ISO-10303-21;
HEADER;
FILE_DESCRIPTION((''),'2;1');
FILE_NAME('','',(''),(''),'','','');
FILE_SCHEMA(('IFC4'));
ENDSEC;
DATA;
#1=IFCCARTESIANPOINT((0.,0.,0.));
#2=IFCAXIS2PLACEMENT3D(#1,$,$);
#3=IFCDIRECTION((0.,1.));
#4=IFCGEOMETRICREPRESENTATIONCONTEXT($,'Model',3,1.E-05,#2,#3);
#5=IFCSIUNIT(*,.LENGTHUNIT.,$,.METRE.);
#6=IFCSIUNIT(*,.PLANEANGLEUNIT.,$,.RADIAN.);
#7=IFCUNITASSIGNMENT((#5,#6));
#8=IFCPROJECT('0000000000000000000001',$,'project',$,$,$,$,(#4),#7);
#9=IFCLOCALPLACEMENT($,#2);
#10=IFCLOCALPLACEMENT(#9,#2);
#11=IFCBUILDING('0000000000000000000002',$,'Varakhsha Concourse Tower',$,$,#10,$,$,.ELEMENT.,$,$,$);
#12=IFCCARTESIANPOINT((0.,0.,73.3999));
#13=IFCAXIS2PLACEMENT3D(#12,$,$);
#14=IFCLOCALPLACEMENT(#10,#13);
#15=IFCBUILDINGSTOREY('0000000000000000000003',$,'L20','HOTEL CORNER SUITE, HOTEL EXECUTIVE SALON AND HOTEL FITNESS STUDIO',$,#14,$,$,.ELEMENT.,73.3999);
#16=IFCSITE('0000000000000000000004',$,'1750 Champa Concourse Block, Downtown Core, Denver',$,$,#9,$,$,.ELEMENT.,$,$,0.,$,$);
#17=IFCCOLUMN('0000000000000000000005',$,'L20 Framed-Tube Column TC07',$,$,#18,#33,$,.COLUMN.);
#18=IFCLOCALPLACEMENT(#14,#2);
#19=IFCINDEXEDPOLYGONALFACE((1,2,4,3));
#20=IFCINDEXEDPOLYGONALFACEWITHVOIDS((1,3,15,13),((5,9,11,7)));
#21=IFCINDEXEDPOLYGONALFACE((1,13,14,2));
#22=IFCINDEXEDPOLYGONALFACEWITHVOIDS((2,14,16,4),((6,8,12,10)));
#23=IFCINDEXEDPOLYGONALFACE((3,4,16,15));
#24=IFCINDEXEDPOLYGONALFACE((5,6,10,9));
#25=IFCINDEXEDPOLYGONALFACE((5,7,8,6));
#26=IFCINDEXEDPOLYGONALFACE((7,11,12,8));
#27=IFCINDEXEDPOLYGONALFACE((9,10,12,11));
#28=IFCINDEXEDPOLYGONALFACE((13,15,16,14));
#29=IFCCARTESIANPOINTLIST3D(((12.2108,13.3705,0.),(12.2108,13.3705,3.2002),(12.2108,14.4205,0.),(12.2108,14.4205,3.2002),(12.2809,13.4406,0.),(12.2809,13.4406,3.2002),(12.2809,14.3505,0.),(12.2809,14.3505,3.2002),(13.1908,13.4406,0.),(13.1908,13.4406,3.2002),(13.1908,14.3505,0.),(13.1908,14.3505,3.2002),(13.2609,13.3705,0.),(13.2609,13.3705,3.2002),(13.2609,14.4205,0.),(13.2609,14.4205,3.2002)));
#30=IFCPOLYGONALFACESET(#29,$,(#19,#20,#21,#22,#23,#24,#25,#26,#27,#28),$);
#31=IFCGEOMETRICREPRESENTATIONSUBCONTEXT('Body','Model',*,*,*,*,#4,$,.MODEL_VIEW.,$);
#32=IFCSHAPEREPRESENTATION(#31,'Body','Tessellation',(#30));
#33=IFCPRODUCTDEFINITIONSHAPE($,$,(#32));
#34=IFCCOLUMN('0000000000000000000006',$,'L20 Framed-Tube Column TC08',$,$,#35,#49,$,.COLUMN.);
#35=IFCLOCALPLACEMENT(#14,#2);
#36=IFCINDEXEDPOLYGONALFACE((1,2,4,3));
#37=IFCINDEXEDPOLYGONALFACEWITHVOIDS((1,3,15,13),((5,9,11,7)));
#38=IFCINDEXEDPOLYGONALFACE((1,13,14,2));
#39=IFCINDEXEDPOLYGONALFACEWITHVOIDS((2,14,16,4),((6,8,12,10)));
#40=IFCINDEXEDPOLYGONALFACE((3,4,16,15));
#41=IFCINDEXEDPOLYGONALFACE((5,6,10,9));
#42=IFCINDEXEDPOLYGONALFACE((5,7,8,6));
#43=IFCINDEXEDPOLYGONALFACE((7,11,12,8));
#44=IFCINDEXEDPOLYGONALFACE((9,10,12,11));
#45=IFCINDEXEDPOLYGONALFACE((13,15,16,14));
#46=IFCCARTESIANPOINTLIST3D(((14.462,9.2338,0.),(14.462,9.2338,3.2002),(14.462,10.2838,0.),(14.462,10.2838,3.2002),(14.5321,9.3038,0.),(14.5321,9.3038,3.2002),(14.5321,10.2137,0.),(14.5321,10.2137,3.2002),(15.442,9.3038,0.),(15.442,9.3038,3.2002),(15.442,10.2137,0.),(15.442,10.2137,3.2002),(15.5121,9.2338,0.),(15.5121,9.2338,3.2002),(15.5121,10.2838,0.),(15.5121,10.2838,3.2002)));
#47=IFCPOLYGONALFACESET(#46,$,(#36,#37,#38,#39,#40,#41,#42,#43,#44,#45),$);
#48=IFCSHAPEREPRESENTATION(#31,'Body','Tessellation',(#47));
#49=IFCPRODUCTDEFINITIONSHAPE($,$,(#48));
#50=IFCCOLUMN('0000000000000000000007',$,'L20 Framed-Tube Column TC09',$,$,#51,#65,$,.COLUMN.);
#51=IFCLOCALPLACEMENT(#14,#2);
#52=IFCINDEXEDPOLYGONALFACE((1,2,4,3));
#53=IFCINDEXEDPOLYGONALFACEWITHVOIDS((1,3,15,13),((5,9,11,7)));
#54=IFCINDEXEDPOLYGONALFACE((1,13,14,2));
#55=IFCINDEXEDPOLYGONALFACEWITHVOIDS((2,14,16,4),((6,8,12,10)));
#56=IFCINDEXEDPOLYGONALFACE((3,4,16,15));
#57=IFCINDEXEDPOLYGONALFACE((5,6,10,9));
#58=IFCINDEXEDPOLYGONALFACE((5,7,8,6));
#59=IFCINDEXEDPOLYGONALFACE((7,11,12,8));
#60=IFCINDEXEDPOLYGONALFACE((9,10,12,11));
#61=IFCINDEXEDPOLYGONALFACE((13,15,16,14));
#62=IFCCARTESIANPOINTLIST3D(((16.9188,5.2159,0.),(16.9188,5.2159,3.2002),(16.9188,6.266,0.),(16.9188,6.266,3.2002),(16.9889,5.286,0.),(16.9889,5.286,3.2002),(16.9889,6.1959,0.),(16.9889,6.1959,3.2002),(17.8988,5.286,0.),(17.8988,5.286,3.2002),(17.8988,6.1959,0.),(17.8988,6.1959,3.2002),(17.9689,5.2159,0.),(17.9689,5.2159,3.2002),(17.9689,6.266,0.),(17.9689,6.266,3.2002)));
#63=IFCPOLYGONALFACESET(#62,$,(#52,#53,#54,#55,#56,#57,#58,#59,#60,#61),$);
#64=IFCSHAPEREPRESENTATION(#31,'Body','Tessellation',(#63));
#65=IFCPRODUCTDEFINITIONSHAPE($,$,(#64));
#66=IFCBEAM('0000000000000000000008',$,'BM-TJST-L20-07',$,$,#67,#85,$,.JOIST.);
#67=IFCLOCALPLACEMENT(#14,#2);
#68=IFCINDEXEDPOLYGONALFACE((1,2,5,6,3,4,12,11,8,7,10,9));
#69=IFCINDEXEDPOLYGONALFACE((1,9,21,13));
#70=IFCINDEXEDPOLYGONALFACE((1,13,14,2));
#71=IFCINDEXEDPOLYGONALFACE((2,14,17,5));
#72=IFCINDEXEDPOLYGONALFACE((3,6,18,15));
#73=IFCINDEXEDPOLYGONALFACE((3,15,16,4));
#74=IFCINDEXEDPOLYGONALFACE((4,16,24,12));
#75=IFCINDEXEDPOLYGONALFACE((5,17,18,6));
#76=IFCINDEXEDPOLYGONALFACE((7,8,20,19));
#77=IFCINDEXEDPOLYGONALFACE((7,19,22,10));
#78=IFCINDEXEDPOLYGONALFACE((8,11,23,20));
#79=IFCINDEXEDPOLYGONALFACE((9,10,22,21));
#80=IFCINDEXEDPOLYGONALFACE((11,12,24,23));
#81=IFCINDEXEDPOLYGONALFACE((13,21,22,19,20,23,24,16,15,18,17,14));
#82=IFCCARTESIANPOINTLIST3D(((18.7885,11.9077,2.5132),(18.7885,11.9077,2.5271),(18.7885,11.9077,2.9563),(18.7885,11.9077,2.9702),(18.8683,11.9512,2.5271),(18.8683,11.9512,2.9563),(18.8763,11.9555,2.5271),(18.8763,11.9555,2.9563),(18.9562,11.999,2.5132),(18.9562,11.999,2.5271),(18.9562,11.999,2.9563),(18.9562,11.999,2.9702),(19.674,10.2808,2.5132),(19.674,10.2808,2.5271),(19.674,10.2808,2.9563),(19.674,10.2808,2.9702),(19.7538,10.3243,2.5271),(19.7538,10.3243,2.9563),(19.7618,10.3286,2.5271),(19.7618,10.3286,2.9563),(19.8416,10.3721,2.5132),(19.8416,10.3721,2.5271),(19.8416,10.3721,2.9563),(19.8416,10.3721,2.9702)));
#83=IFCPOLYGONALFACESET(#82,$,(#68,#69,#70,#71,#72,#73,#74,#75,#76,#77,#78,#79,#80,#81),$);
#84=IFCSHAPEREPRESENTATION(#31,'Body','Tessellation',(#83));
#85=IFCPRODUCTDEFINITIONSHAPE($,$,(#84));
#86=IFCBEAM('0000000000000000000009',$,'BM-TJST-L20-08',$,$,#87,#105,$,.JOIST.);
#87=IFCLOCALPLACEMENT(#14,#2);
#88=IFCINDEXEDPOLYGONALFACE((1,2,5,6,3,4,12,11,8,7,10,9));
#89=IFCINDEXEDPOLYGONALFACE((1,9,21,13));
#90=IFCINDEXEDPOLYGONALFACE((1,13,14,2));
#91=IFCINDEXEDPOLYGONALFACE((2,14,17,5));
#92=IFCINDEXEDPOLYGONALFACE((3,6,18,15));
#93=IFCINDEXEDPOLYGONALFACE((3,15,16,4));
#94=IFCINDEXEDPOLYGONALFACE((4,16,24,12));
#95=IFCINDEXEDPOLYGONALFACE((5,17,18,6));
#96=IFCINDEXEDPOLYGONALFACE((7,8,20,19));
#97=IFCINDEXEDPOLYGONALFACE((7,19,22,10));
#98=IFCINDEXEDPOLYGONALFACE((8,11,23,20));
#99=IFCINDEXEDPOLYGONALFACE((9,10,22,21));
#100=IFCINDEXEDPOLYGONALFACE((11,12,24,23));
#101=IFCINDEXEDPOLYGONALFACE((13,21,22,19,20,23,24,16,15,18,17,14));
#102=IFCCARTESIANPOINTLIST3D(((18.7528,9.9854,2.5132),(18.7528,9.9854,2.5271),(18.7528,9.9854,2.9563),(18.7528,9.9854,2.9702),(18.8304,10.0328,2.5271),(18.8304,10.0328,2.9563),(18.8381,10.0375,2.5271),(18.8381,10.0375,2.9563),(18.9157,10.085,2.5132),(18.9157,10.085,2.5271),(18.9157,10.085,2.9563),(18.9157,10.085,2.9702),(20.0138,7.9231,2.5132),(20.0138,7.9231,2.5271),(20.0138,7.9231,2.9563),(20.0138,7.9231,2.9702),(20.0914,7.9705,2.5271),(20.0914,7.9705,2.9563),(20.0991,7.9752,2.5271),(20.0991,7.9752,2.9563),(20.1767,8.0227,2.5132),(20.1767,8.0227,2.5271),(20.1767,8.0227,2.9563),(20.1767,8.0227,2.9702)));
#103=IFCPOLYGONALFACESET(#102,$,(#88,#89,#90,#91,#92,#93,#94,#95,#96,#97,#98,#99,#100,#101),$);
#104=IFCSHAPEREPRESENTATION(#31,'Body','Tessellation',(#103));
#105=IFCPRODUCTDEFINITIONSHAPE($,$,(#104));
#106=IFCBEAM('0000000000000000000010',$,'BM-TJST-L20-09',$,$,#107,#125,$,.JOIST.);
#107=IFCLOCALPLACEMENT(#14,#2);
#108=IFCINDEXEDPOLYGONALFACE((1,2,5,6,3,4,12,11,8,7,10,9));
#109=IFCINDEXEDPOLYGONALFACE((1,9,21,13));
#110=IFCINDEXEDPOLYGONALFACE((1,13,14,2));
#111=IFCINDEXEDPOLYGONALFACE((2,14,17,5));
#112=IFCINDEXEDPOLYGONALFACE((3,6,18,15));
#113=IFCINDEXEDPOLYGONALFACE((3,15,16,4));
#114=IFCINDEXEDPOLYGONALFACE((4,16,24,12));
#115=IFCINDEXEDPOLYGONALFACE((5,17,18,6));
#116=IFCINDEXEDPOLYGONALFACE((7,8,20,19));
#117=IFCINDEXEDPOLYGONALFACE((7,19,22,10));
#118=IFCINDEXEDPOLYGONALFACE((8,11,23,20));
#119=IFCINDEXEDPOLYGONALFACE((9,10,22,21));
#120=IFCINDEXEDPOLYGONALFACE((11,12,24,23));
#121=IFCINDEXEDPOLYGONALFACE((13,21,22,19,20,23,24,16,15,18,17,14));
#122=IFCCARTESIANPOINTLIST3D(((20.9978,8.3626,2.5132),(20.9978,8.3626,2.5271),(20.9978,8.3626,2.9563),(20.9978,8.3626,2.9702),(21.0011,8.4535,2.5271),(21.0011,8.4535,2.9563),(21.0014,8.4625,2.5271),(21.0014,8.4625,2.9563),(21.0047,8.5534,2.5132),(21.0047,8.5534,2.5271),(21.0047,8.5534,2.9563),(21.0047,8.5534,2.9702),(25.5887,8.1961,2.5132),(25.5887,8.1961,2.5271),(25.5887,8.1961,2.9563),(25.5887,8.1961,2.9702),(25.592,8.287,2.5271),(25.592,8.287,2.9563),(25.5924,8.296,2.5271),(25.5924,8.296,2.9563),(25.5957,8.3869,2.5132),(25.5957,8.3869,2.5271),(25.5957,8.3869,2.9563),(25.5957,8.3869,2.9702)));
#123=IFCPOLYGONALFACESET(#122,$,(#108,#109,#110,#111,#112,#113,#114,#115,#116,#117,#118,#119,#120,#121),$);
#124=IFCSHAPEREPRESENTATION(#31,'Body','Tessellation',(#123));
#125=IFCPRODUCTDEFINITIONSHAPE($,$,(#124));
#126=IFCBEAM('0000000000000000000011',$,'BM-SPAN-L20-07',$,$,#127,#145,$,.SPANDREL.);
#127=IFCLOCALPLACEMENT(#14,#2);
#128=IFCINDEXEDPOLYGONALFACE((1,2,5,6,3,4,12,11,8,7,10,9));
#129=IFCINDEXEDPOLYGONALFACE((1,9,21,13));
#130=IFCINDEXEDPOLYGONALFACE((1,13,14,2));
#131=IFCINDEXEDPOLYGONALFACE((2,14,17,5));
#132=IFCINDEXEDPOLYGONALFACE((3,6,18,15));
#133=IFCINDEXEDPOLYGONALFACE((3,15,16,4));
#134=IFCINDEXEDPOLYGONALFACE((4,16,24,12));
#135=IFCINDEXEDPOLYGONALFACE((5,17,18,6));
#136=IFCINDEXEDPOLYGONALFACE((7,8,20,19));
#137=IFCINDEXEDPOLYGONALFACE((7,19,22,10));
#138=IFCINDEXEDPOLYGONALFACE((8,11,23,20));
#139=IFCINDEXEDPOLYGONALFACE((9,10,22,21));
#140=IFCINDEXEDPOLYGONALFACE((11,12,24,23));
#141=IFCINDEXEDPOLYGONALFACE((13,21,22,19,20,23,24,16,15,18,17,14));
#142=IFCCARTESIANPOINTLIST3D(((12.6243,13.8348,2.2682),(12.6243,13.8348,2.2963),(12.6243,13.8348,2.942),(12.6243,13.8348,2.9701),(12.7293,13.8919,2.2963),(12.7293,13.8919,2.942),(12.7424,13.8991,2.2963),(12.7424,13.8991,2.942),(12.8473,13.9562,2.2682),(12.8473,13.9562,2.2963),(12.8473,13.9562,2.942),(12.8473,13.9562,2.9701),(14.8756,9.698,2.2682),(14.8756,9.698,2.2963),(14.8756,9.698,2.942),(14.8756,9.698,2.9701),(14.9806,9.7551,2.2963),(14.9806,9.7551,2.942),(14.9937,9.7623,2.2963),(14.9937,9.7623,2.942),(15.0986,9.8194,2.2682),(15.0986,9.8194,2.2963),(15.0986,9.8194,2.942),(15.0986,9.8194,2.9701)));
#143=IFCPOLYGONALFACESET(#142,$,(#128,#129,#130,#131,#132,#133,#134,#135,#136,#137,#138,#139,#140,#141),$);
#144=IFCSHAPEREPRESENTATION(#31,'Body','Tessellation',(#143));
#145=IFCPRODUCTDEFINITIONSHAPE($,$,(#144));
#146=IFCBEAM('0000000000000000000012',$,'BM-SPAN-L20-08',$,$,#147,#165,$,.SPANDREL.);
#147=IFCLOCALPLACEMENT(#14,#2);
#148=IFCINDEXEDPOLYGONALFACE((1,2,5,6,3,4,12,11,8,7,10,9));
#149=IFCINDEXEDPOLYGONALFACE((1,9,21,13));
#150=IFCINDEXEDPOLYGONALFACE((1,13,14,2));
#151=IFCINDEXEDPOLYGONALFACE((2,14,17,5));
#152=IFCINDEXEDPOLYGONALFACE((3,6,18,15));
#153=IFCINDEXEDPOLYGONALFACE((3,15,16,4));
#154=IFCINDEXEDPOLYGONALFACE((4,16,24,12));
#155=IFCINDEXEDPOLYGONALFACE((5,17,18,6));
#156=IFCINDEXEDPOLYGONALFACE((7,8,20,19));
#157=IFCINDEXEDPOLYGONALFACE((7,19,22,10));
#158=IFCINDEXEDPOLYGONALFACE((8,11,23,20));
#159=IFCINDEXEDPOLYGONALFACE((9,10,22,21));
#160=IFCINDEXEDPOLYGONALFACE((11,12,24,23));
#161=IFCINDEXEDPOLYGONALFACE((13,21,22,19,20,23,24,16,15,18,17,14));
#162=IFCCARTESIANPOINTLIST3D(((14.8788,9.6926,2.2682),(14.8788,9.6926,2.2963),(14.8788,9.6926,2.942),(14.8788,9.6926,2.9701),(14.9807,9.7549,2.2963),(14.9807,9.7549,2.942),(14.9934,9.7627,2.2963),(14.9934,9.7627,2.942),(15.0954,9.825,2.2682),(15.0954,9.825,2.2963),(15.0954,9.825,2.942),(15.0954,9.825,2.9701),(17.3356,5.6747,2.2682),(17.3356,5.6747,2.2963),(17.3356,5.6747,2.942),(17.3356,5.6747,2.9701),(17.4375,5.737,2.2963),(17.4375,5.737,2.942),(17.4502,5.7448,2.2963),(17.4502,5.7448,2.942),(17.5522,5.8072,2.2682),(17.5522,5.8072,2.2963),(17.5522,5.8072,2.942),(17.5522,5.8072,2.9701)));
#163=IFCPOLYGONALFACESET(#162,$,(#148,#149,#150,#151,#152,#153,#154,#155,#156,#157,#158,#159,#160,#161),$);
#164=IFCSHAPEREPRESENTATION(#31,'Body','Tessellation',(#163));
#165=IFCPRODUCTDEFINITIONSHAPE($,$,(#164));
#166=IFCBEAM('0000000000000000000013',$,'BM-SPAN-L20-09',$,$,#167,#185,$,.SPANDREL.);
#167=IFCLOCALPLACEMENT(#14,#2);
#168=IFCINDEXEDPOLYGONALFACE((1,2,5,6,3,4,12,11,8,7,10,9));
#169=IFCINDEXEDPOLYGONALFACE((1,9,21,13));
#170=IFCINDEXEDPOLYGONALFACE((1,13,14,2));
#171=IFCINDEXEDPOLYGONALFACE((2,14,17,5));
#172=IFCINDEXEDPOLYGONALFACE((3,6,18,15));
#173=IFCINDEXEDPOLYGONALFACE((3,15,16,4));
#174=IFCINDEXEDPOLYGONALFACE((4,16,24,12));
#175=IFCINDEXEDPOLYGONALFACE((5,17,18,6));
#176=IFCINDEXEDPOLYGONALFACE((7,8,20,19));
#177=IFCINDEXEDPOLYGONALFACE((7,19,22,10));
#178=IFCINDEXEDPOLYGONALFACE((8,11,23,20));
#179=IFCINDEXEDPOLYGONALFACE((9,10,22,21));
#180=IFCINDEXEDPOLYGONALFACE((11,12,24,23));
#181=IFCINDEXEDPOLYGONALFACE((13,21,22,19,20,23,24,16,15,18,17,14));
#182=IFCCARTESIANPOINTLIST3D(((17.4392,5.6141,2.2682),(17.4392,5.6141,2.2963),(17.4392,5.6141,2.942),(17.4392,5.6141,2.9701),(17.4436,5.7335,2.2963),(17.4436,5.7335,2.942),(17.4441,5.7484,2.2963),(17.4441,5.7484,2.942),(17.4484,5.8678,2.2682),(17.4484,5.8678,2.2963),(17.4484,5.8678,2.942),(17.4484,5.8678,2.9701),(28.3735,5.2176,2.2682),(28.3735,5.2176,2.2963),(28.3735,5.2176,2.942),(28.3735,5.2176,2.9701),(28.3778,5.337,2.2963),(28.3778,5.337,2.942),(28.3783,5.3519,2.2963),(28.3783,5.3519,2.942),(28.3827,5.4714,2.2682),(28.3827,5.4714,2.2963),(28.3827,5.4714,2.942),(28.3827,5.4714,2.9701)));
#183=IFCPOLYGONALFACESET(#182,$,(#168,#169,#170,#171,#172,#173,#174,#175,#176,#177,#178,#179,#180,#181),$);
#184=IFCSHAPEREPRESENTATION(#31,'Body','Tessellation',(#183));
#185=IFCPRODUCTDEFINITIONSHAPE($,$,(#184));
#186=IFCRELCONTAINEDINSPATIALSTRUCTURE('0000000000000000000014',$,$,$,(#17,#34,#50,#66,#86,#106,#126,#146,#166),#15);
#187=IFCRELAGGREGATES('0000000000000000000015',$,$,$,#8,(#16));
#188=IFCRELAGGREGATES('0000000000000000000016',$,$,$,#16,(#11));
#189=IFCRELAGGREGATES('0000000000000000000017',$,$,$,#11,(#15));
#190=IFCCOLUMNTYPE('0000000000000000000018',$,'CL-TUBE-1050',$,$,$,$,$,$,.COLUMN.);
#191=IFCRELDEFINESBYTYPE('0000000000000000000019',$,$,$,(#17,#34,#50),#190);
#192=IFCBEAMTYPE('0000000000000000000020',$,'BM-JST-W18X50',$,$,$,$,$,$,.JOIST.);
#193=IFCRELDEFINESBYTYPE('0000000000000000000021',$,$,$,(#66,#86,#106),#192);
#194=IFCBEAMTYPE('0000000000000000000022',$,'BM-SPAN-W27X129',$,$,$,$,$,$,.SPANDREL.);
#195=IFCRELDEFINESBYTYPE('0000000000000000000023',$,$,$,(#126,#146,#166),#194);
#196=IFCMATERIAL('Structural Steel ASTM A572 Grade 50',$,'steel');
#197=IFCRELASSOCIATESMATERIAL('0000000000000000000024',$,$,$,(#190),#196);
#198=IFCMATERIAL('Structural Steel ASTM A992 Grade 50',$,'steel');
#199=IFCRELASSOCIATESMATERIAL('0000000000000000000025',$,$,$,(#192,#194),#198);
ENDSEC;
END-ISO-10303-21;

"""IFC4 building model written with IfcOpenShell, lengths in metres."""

from ifc_helpers import new_model, si_unit, direction, frame, origin, origin_2d, place, context, subcontext, project, spatial, hollow_rectangle, i_section, extrude, material, material_profile, profile_set, type_object, element, save


model = new_model("IFC4")

# Units and contexts
model_context = context("Model", 3, precision=1e-05, world=origin(), true_north=direction((0.0, 1.0)))
body_context = subcontext(model_context, "Body", "Model", "MODEL_VIEW")
ifc_project = project(units=[si_unit("LENGTHUNIT", "METRE"), si_unit("PLANEANGLEUNIT", "RADIAN")], contexts=[model_context])

# Site, building, storey
site_placement = place(None, origin())
site = spatial("IfcSite", under=ifc_project, at=site_placement, Name="1750 Champa Concourse Block, Downtown Core, Denver", CompositionType="ELEMENT", RefElevation=0.0)
building_placement = place(site_placement, origin())
building = spatial("IfcBuilding", under=site, at=building_placement, Name="Varakhsha Concourse Tower", CompositionType="ELEMENT")
storey_placement = place(building_placement, frame((0.0, 0.0, 73.3999)))
storey = spatial("IfcBuildingStorey", under=building, at=storey_placement, Name="L20", Description="HOTEL CORNER SUITE, HOTEL EXECUTIVE SALON AND HOTEL FITNESS STUDIO", CompositionType="ELEMENT", Elevation=73.3999)

# Columns
ifc_material_1 = material(Name="Structural Steel ASTM A572 Grade 50", Category="steel")
ifc_material_profile_1 = material_profile(ifc_material_1, hollow_rectangle(XDim=1.05, YDim=1.05, WallThickness=0.0701, at=origin_2d()), Name="BOX 1050x1050x70")
ifc_profile_set_1 = profile_set([ifc_material_profile_1], Name="Structural Steel ASTM A572 Grade 50")
column_type = type_object("IfcColumnType", Name="CL-TUBE-1050", PredefinedType="COLUMN", material=ifc_profile_set_1)
for number, where, z_axis, x_axis, name in (
    (1, (12.7358, 13.8955, 0.0), (0.0, 0.0, 1.0), (1.0, 0.0, 0.0), "L20 Framed-Tube Column TC07"),
    (2, (14.9871, 9.7588, 0.0), (0.0, 0.0, 1.0), (1.0, 0.0, 0.0), "L20 Framed-Tube Column TC08"),
    (3, (17.4438, 5.741, 0.0), (0.0, 0.0, 1.0), (1.0, 0.0, 0.0), "L20 Framed-Tube Column TC09"),
):
    element("IfcColumn", number, at=place(storey_placement, frame(where, z_axis=z_axis, x_axis=x_axis)), inside=storey, type_object=column_type, Name=name, PredefinedType="COLUMN", context=body_context, shape_type="SweptSolid", body=[
        extrude(hollow_rectangle(XDim=1.05, YDim=1.05, WallThickness=0.0701, at=origin_2d()), origin(), (0.0, 0.0, 1.0), 3.2002),
    ])

# Beams
ifc_material_2 = material(Name="Structural Steel ASTM A992 Grade 50", Category="steel")
ifc_material_profile_2 = material_profile(ifc_material_2, i_section(OverallWidth=0.1909, OverallDepth=0.457, WebThickness=0.009, FlangeThickness=0.0139, at=origin_2d()), Name="W18X50")
ifc_profile_set_2 = profile_set([ifc_material_profile_2], Name="Structural Steel ASTM A992 Grade 50")
beam_type_1 = type_object("IfcBeamType", Name="BM-JST-W18X50", PredefinedType="JOIST", material=ifc_profile_set_2)
beam_1_placement = place(storey_placement, frame((18.8723, 11.9534, 2.7417), z_axis=(0.478049, -0.878333, 0.0), x_axis=(0.878333, 0.478049, 0.0)))
element("IfcBeam", 4, at=beam_1_placement, inside=storey, type_object=beam_type_1, Name="BM-TJST-L20-07", PredefinedType="JOIST", context=body_context, shape_type="SweptSolid", body=[
    extrude(i_section(OverallWidth=0.1909, OverallDepth=0.457, WebThickness=0.009, FlangeThickness=0.0139, at=origin_2d()), origin(), (0.0, 0.0, 1.0), 1.8523),
])
beam_2_placement = place(storey_placement, frame((18.8342, 10.0352, 2.7417), z_axis=(0.521667, -0.853149, 0.0), x_axis=(0.853149, 0.521667, 0.0)))
element("IfcBeam", 5, at=beam_2_placement, inside=storey, type_object=beam_type_1, Name="BM-TJST-L20-08", PredefinedType="JOIST", context=body_context, shape_type="SweptSolid", body=[
    extrude(i_section(OverallWidth=0.1909, OverallDepth=0.457, WebThickness=0.009, FlangeThickness=0.0139, at=origin_2d()), origin(), (0.0, 0.0, 1.0), 2.4172),
])
beam_3_placement = place(storey_placement, frame((21.0012, 8.458, 2.7417), z_axis=(0.999343, -0.036243, 0.0), x_axis=(0.036243, 0.999343, 0.0)))
element("IfcBeam", 6, at=beam_3_placement, inside=storey, type_object=beam_type_1, Name="BM-TJST-L20-09", PredefinedType="JOIST", context=body_context, shape_type="SweptSolid", body=[
    extrude(i_section(OverallWidth=0.1909, OverallDepth=0.457, WebThickness=0.009, FlangeThickness=0.0139, at=origin_2d()), origin(), (0.0, 0.0, 1.0), 4.594),
])
ifc_material_profile_3 = material_profile(ifc_material_2, i_section(OverallWidth=0.2539, OverallDepth=0.7019, WebThickness=0.0149, FlangeThickness=0.0281, at=origin_2d()), Name="W27X129")
ifc_profile_set_3 = profile_set([ifc_material_profile_3], Name="Structural Steel ASTM A992 Grade 50")
beam_type_2 = type_object("IfcBeamType", Name="BM-SPAN-W27X129", PredefinedType="SPANDREL", material=ifc_profile_set_3)
beam_4_placement = place(storey_placement, frame((12.7358, 13.8955, 2.6191), z_axis=(0.478006, -0.878357, 0.0), x_axis=(0.878357, 0.478006, 0.0)))
element("IfcBeam", 7, at=beam_4_placement, inside=storey, type_object=beam_type_2, Name="BM-SPAN-L20-07", PredefinedType="SPANDREL", context=body_context, shape_type="SweptSolid", body=[
    extrude(i_section(OverallWidth=0.2539, OverallDepth=0.7019, WebThickness=0.0149, FlangeThickness=0.0281, at=origin_2d()), origin(), (0.0, 0.0, 1.0), 4.7097),
])
beam_5_placement = place(storey_placement, frame((14.9871, 9.7588, 2.6191), z_axis=(0.521674, -0.853145, 0.0), x_axis=(0.853145, 0.521674, 0.0)))
element("IfcBeam", 8, at=beam_5_placement, inside=storey, type_object=beam_type_2, Name="BM-SPAN-L20-08", PredefinedType="SPANDREL", context=body_context, shape_type="SweptSolid", body=[
    extrude(i_section(OverallWidth=0.2539, OverallDepth=0.7019, WebThickness=0.0149, FlangeThickness=0.0281, at=origin_2d()), origin(), (0.0, 0.0, 1.0), 4.7095),
])
beam_6_placement = place(storey_placement, frame((17.4438, 5.741, 2.6191), z_axis=(0.999343, -0.036237, 0.0), x_axis=(0.036237, 0.999343, 0.0)))
element("IfcBeam", 9, at=beam_6_placement, inside=storey, type_object=beam_type_2, Name="BM-SPAN-L20-09", PredefinedType="SPANDREL", context=body_context, shape_type="SweptSolid", body=[
    extrude(i_section(OverallWidth=0.2539, OverallDepth=0.7019, WebThickness=0.0149, FlangeThickness=0.0281, at=origin_2d()), origin(), (0.0, 0.0, 1.0), 10.9414),
])

save(model, "model.ifc")
